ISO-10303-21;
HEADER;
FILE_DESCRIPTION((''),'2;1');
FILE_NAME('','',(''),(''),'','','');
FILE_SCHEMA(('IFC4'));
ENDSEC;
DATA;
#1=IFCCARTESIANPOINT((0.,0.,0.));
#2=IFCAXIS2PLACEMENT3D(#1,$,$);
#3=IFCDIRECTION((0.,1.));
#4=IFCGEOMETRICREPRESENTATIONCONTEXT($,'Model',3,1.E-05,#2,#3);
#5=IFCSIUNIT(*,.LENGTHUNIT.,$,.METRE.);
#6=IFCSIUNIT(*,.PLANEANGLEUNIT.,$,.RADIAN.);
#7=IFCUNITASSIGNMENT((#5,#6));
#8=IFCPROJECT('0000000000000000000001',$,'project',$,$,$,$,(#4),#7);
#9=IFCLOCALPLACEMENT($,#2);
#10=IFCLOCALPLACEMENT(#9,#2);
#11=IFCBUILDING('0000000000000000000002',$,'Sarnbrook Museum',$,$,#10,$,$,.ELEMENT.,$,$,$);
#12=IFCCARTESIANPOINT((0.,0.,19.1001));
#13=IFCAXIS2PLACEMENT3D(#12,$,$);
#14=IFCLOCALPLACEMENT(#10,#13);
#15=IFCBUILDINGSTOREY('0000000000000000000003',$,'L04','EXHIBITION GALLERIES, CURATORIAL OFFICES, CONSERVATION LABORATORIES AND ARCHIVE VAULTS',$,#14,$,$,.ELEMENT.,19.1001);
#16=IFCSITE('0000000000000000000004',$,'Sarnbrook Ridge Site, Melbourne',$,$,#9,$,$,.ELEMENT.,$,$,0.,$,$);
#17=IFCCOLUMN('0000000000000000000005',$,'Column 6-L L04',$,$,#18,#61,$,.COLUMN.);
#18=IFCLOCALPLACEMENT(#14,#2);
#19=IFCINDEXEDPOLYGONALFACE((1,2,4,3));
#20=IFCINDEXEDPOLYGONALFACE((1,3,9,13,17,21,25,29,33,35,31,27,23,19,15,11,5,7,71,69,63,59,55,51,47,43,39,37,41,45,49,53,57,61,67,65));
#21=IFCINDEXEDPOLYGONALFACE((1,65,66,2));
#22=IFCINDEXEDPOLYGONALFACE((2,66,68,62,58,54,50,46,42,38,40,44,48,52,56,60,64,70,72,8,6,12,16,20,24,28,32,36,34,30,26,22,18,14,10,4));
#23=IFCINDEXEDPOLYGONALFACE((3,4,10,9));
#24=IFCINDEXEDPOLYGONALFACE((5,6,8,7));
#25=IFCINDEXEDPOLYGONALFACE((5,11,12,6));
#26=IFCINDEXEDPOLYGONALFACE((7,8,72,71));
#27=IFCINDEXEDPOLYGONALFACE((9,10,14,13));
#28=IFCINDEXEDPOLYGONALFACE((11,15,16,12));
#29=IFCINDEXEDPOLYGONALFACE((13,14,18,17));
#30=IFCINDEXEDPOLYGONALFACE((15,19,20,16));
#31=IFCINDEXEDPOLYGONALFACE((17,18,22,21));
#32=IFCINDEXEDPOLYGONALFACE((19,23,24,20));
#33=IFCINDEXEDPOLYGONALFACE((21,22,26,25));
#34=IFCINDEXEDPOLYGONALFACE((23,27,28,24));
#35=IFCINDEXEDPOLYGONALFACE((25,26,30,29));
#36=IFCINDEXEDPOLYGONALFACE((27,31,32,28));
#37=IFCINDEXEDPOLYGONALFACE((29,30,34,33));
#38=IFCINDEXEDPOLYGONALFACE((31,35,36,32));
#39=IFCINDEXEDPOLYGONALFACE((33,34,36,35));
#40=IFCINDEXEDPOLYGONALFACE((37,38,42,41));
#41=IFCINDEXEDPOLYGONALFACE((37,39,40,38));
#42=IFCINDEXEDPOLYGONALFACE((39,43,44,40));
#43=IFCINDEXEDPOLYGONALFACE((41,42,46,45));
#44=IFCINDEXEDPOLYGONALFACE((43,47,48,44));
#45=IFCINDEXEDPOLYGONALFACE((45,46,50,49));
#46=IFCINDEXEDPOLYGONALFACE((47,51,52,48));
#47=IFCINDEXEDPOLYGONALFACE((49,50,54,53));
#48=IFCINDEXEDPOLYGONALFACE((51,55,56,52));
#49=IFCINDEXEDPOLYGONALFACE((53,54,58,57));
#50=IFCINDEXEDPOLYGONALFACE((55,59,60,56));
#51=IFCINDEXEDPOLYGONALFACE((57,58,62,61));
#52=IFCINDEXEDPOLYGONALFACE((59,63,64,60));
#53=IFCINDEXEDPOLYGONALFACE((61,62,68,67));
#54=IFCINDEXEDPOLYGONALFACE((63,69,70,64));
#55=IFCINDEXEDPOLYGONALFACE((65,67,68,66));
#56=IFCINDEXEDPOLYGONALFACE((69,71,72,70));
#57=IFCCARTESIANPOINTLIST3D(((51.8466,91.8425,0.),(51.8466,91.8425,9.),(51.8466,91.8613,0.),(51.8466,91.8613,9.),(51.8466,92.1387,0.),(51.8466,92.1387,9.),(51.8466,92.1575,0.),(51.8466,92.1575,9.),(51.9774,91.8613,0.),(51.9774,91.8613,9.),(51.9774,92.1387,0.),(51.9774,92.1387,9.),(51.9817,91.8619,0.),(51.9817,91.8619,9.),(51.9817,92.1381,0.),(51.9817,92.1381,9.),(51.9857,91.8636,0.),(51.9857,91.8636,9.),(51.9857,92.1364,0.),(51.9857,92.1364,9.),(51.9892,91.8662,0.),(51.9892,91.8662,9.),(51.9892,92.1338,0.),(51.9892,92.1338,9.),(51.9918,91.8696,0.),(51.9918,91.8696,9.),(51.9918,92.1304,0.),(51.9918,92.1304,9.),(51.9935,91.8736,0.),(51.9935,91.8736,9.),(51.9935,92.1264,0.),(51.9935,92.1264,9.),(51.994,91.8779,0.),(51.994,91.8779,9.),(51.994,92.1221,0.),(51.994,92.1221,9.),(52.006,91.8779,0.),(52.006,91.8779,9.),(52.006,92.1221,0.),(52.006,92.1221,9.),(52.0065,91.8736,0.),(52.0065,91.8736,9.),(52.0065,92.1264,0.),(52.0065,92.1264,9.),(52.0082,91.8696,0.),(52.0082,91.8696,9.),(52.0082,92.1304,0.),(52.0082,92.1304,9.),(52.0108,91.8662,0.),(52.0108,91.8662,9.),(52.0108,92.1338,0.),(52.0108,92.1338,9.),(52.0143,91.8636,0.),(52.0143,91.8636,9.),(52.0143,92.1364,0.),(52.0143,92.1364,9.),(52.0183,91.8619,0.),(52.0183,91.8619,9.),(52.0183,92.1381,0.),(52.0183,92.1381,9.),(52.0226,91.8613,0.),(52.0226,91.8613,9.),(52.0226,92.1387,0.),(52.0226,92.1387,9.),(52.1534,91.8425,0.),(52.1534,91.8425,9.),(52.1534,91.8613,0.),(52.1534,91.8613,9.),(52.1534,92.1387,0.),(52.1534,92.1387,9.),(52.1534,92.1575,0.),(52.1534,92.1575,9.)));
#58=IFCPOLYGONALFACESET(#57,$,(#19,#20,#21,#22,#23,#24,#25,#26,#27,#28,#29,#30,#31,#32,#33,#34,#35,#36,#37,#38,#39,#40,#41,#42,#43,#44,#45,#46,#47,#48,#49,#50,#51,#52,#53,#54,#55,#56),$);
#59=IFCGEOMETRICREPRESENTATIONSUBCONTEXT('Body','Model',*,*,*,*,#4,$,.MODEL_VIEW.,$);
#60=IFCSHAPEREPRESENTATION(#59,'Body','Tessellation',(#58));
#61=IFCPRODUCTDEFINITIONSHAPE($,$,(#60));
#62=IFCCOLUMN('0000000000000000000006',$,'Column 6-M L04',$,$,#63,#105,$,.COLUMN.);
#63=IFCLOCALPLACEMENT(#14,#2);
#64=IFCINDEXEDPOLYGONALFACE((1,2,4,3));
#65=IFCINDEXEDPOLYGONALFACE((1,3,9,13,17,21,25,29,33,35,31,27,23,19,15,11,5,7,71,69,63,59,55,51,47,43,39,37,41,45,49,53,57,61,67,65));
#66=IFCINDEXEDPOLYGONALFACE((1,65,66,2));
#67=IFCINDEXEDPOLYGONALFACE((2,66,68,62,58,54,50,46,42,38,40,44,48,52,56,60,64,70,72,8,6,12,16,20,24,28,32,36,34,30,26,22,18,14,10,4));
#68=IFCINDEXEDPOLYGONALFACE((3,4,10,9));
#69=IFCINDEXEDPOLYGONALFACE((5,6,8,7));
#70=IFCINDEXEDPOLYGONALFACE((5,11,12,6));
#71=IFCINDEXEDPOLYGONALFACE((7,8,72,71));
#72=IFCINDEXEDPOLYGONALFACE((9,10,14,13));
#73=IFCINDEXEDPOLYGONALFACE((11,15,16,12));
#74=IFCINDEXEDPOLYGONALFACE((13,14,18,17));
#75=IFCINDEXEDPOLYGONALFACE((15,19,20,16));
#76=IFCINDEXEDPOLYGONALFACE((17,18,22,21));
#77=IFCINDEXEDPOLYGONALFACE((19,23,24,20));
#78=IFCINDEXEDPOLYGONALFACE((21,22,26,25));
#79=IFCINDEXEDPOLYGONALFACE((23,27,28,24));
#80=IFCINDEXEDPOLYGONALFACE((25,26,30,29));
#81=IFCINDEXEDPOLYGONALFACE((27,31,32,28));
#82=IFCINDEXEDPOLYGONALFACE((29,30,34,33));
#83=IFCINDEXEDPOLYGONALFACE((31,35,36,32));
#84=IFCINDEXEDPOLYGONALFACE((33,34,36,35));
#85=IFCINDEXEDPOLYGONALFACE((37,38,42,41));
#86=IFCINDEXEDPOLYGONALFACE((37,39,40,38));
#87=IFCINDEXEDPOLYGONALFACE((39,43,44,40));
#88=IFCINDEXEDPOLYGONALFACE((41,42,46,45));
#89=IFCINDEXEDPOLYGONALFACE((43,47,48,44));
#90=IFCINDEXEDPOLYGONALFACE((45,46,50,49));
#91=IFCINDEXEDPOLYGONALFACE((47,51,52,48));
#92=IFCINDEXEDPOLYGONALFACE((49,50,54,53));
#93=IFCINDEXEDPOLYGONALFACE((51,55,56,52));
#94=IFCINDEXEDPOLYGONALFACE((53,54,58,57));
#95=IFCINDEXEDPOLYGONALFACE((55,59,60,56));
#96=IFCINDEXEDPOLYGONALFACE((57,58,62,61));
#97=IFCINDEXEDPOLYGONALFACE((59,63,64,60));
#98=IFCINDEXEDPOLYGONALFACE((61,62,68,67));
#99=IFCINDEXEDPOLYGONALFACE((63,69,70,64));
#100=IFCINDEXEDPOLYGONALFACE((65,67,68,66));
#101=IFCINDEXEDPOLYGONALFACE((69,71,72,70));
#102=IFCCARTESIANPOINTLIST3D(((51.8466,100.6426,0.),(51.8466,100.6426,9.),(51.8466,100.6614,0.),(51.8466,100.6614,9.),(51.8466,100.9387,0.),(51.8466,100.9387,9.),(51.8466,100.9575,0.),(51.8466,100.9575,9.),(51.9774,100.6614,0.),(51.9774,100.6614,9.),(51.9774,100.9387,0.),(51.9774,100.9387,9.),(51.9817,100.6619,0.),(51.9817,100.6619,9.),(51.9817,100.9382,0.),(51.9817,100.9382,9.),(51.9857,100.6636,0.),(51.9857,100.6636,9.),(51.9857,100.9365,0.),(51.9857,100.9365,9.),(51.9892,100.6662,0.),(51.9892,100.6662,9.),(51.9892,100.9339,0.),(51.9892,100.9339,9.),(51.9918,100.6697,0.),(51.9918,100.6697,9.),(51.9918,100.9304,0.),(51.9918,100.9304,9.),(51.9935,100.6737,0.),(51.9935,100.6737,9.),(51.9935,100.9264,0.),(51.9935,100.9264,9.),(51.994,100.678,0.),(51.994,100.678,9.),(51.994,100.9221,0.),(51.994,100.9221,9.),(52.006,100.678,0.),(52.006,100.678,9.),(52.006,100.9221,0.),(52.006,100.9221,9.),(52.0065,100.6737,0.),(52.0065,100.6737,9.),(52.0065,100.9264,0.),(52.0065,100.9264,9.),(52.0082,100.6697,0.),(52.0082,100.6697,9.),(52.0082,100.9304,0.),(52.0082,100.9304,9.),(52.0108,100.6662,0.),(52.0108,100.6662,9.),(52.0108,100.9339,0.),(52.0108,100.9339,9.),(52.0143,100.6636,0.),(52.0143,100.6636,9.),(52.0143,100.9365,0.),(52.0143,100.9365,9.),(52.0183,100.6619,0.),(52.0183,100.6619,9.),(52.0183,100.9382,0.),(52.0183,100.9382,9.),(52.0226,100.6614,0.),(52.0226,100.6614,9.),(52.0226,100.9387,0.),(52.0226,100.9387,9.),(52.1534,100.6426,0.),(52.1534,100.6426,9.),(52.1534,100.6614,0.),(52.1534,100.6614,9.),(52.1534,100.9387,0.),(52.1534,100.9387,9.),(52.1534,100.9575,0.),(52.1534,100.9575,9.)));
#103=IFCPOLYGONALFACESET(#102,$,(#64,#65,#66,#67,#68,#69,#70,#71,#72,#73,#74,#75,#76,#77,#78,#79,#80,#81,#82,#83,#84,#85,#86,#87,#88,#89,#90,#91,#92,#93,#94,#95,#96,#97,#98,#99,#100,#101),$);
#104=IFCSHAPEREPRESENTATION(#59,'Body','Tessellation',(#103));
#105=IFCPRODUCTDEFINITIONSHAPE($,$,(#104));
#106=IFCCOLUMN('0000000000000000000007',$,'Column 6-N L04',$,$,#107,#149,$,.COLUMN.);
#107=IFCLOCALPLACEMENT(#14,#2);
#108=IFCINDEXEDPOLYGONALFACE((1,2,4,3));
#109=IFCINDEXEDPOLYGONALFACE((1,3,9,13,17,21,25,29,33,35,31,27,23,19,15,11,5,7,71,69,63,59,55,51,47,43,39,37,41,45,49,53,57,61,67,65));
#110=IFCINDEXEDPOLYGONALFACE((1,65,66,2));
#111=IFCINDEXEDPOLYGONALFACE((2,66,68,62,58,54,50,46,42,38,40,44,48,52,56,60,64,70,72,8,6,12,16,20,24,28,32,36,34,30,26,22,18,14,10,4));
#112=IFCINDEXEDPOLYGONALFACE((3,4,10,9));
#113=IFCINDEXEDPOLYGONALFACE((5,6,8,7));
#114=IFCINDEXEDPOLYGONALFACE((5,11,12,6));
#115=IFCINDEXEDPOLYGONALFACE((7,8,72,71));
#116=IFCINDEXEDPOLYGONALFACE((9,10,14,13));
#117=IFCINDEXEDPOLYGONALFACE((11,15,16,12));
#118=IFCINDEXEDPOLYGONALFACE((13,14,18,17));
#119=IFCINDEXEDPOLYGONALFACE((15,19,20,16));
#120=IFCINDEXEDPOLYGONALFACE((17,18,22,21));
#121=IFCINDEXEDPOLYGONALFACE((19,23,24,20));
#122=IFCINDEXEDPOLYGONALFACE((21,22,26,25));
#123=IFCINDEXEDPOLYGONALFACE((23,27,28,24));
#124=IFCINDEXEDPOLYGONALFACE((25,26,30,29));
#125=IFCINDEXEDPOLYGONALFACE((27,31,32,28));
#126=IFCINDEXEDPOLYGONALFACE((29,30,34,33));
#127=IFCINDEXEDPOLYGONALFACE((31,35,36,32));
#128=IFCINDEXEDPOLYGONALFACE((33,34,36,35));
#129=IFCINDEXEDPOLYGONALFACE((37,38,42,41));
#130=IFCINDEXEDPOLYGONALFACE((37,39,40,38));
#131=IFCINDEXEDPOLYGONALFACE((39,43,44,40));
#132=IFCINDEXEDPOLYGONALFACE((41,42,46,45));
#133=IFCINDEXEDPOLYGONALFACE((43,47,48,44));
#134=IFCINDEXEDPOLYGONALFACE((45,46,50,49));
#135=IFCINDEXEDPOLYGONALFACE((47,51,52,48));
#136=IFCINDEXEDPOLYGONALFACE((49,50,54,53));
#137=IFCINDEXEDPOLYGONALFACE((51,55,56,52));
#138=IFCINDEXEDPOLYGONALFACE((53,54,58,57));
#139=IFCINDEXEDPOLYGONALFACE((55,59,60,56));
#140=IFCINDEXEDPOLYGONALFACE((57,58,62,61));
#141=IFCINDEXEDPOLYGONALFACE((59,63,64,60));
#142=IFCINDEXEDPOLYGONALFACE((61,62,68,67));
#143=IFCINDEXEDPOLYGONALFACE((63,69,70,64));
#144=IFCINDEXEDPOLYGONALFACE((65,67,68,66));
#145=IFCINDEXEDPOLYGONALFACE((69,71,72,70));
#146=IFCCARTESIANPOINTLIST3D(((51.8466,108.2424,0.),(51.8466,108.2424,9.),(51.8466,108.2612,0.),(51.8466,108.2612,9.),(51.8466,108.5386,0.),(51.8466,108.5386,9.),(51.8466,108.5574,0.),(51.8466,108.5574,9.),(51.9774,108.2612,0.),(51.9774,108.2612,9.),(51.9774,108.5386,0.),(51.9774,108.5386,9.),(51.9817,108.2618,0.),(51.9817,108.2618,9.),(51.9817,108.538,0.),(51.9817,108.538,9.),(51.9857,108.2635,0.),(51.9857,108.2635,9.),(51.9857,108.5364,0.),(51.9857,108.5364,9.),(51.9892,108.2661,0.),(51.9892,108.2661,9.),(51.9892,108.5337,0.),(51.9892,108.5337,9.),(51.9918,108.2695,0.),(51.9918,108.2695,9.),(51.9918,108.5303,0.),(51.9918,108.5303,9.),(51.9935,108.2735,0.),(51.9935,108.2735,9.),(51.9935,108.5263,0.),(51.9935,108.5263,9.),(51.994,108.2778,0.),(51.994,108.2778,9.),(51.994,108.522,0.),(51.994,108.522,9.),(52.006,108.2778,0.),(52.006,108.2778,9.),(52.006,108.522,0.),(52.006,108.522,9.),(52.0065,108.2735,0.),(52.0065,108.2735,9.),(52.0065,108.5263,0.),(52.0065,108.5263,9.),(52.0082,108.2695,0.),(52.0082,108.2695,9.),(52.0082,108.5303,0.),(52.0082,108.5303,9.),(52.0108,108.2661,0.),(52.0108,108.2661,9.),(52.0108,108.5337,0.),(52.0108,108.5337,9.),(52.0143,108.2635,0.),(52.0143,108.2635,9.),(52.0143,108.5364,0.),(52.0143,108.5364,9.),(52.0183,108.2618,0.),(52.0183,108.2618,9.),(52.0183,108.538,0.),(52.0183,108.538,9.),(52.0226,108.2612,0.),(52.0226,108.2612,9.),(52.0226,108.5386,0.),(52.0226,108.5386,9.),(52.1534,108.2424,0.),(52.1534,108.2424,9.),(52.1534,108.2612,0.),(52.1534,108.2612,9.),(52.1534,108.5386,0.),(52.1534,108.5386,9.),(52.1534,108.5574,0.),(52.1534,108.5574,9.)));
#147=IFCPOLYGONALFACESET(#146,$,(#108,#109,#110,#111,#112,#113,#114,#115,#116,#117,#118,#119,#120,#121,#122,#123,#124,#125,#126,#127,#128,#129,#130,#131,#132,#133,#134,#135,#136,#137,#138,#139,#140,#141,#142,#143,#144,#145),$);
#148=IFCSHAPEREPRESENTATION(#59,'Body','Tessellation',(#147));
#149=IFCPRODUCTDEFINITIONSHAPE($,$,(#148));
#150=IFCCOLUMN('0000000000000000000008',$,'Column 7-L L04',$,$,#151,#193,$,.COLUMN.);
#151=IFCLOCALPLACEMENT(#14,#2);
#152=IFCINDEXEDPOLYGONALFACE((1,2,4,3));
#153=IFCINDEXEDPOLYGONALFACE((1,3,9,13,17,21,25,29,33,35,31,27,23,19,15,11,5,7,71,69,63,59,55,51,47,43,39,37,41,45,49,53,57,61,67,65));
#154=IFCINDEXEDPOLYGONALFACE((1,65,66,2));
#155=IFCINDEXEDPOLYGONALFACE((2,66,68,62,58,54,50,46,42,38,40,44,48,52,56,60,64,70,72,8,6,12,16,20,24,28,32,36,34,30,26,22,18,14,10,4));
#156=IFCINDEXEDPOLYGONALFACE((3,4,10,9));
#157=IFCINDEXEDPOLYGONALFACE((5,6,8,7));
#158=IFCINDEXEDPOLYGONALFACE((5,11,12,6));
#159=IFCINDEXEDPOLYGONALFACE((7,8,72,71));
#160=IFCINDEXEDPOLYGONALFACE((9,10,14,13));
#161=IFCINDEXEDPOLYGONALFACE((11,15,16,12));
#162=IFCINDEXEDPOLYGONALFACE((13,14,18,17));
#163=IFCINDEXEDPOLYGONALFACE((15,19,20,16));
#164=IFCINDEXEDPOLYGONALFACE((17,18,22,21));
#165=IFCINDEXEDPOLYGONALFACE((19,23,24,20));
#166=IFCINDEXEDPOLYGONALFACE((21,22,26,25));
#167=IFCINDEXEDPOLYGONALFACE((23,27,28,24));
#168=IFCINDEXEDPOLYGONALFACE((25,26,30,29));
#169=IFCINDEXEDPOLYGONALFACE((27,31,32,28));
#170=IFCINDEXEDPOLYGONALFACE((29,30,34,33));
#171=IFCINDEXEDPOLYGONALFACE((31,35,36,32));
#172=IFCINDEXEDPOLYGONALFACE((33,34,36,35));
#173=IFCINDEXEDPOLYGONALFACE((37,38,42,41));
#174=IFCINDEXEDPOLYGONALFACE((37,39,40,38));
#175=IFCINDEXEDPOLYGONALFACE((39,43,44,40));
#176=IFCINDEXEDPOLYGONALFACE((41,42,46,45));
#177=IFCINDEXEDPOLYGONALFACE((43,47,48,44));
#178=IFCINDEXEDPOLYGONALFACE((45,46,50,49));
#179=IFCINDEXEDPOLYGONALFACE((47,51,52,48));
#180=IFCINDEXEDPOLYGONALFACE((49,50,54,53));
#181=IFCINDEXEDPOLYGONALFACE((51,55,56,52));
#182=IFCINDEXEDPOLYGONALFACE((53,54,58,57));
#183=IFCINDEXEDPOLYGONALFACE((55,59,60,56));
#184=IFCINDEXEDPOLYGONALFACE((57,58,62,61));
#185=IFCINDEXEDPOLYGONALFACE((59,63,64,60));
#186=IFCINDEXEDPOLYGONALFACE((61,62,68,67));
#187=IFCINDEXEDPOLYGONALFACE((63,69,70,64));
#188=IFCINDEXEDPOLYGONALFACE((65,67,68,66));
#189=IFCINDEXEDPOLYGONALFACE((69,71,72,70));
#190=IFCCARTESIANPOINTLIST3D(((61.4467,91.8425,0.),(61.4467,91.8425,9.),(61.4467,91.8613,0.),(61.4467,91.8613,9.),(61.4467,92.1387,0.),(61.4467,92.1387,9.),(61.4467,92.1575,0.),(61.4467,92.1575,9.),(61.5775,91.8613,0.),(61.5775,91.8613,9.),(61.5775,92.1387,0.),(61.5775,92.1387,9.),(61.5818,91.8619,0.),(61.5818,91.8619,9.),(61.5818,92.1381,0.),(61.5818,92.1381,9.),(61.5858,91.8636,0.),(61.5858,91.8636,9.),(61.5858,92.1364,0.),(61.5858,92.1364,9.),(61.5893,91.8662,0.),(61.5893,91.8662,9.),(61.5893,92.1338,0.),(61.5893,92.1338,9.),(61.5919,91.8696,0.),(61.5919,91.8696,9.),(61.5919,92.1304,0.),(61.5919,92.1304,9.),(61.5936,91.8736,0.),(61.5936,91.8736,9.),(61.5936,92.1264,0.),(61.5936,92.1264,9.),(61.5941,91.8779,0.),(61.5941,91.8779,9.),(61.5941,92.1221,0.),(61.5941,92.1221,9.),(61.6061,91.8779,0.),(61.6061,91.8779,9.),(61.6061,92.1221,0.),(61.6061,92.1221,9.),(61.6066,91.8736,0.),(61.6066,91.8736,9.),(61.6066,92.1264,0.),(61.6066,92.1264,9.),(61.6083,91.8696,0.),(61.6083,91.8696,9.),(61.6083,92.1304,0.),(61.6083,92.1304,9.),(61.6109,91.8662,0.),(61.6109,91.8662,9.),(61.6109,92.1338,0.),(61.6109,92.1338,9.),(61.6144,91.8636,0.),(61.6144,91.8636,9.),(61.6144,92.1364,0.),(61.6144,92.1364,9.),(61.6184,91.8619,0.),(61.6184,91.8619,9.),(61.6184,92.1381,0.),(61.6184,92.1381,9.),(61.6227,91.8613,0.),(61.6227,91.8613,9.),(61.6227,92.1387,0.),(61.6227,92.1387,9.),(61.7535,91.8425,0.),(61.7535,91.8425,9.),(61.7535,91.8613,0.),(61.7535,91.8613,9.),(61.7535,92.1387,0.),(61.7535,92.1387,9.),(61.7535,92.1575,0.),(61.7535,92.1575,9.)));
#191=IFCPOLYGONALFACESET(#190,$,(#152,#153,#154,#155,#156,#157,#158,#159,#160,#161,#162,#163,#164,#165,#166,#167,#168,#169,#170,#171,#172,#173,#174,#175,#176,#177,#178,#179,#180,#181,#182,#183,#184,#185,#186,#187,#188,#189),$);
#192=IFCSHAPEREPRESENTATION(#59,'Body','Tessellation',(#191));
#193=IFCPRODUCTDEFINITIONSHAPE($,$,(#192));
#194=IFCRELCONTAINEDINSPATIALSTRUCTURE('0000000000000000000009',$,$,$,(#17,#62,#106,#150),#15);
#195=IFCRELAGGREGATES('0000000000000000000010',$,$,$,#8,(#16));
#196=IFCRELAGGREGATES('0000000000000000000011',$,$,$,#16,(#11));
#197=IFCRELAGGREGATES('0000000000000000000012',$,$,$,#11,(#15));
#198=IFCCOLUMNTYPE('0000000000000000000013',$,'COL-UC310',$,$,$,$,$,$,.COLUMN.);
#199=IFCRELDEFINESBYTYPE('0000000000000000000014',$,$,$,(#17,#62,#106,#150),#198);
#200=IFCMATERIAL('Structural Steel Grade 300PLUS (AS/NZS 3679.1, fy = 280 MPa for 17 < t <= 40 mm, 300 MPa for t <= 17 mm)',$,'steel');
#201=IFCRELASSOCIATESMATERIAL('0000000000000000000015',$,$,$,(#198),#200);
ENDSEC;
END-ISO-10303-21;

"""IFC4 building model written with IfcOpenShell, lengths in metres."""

from ifc_helpers import new_model, si_unit, direction, frame, origin, origin_2d, place, context, subcontext, project, spatial, i_section, extrude, material, material_profile, profile_set, type_object, element, save


model = new_model("IFC4")

# Units and contexts
model_context = context("Model", 3, precision=1e-05, world=origin(), true_north=direction((0.0, 1.0)))
body_context = subcontext(model_context, "Body", "Model", "MODEL_VIEW")
ifc_project = project(units=[si_unit("LENGTHUNIT", "METRE"), si_unit("PLANEANGLEUNIT", "RADIAN")], contexts=[model_context])

# Site, building, storey
site_placement = place(None, origin())
site = spatial("IfcSite", under=ifc_project, at=site_placement, Name="Sarnbrook Ridge Site, Melbourne", CompositionType="ELEMENT", RefElevation=0.0)
building_placement = place(site_placement, origin())
building = spatial("IfcBuilding", under=site, at=building_placement, Name="Sarnbrook Museum", CompositionType="ELEMENT")
storey_placement = place(building_placement, frame((0.0, 0.0, 19.1001)))
storey = spatial("IfcBuildingStorey", under=building, at=storey_placement, Name="L04", Description="EXHIBITION GALLERIES, CURATORIAL OFFICES, CONSERVATION LABORATORIES AND ARCHIVE VAULTS", CompositionType="ELEMENT", Elevation=19.1001)

# Columns
ifc_material_1 = material(Name="Structural Steel Grade 300PLUS (AS/NZS 3679.1, fy = 280 MPa for 17 < t <= 40 mm, 300 MPa for t <= 17 mm)", Category="steel")
ifc_material_profile_1 = material_profile(ifc_material_1, i_section(OverallWidth=0.3069, OverallDepth=0.3149, WebThickness=0.012, FlangeThickness=0.0188, FilletRadius=0.0166, at=origin_2d()), Name="310UC118")
ifc_profile_set_1 = profile_set([ifc_material_profile_1], Name="Structural Steel Grade 300PLUS (AS/NZS 3679.1, fy = 280 MPa for 17 < t <= 40 mm, 300 MPa for t <= 17 mm)")
column_type = type_object("IfcColumnType", Name="COL-UC310", PredefinedType="COLUMN", material=ifc_profile_set_1)
for number, where, z_axis, x_axis, name in (
    (1, (52.0, 92.0, 0.0), (0.0, 0.0, 1.0), (1.0, 0.0, 0.0), "Column 6-L L04"),
    (2, (52.0, 100.8, 0.0), (0.0, 0.0, 1.0), (1.0, 0.0, 0.0), "Column 6-M L04"),
    (3, (52.0, 108.3999, 0.0), (0.0, 0.0, 1.0), (1.0, 0.0, 0.0), "Column 6-N L04"),
    (4, (61.6001, 92.0, 0.0), (0.0, 0.0, 1.0), (1.0, 0.0, 0.0), "Column 7-L L04"),
):
    element("IfcColumn", number, at=place(storey_placement, frame(where, z_axis=z_axis, x_axis=x_axis)), inside=storey, type_object=column_type, Name=name, PredefinedType="COLUMN", context=body_context, shape_type="SweptSolid", body=[
        extrude(i_section(OverallWidth=0.3069, OverallDepth=0.3149, WebThickness=0.012, FlangeThickness=0.0188, FilletRadius=0.0166, at=origin_2d()), origin(), (0.0, 0.0, 1.0), 9.0),
    ])

save(model, "model.ifc")
